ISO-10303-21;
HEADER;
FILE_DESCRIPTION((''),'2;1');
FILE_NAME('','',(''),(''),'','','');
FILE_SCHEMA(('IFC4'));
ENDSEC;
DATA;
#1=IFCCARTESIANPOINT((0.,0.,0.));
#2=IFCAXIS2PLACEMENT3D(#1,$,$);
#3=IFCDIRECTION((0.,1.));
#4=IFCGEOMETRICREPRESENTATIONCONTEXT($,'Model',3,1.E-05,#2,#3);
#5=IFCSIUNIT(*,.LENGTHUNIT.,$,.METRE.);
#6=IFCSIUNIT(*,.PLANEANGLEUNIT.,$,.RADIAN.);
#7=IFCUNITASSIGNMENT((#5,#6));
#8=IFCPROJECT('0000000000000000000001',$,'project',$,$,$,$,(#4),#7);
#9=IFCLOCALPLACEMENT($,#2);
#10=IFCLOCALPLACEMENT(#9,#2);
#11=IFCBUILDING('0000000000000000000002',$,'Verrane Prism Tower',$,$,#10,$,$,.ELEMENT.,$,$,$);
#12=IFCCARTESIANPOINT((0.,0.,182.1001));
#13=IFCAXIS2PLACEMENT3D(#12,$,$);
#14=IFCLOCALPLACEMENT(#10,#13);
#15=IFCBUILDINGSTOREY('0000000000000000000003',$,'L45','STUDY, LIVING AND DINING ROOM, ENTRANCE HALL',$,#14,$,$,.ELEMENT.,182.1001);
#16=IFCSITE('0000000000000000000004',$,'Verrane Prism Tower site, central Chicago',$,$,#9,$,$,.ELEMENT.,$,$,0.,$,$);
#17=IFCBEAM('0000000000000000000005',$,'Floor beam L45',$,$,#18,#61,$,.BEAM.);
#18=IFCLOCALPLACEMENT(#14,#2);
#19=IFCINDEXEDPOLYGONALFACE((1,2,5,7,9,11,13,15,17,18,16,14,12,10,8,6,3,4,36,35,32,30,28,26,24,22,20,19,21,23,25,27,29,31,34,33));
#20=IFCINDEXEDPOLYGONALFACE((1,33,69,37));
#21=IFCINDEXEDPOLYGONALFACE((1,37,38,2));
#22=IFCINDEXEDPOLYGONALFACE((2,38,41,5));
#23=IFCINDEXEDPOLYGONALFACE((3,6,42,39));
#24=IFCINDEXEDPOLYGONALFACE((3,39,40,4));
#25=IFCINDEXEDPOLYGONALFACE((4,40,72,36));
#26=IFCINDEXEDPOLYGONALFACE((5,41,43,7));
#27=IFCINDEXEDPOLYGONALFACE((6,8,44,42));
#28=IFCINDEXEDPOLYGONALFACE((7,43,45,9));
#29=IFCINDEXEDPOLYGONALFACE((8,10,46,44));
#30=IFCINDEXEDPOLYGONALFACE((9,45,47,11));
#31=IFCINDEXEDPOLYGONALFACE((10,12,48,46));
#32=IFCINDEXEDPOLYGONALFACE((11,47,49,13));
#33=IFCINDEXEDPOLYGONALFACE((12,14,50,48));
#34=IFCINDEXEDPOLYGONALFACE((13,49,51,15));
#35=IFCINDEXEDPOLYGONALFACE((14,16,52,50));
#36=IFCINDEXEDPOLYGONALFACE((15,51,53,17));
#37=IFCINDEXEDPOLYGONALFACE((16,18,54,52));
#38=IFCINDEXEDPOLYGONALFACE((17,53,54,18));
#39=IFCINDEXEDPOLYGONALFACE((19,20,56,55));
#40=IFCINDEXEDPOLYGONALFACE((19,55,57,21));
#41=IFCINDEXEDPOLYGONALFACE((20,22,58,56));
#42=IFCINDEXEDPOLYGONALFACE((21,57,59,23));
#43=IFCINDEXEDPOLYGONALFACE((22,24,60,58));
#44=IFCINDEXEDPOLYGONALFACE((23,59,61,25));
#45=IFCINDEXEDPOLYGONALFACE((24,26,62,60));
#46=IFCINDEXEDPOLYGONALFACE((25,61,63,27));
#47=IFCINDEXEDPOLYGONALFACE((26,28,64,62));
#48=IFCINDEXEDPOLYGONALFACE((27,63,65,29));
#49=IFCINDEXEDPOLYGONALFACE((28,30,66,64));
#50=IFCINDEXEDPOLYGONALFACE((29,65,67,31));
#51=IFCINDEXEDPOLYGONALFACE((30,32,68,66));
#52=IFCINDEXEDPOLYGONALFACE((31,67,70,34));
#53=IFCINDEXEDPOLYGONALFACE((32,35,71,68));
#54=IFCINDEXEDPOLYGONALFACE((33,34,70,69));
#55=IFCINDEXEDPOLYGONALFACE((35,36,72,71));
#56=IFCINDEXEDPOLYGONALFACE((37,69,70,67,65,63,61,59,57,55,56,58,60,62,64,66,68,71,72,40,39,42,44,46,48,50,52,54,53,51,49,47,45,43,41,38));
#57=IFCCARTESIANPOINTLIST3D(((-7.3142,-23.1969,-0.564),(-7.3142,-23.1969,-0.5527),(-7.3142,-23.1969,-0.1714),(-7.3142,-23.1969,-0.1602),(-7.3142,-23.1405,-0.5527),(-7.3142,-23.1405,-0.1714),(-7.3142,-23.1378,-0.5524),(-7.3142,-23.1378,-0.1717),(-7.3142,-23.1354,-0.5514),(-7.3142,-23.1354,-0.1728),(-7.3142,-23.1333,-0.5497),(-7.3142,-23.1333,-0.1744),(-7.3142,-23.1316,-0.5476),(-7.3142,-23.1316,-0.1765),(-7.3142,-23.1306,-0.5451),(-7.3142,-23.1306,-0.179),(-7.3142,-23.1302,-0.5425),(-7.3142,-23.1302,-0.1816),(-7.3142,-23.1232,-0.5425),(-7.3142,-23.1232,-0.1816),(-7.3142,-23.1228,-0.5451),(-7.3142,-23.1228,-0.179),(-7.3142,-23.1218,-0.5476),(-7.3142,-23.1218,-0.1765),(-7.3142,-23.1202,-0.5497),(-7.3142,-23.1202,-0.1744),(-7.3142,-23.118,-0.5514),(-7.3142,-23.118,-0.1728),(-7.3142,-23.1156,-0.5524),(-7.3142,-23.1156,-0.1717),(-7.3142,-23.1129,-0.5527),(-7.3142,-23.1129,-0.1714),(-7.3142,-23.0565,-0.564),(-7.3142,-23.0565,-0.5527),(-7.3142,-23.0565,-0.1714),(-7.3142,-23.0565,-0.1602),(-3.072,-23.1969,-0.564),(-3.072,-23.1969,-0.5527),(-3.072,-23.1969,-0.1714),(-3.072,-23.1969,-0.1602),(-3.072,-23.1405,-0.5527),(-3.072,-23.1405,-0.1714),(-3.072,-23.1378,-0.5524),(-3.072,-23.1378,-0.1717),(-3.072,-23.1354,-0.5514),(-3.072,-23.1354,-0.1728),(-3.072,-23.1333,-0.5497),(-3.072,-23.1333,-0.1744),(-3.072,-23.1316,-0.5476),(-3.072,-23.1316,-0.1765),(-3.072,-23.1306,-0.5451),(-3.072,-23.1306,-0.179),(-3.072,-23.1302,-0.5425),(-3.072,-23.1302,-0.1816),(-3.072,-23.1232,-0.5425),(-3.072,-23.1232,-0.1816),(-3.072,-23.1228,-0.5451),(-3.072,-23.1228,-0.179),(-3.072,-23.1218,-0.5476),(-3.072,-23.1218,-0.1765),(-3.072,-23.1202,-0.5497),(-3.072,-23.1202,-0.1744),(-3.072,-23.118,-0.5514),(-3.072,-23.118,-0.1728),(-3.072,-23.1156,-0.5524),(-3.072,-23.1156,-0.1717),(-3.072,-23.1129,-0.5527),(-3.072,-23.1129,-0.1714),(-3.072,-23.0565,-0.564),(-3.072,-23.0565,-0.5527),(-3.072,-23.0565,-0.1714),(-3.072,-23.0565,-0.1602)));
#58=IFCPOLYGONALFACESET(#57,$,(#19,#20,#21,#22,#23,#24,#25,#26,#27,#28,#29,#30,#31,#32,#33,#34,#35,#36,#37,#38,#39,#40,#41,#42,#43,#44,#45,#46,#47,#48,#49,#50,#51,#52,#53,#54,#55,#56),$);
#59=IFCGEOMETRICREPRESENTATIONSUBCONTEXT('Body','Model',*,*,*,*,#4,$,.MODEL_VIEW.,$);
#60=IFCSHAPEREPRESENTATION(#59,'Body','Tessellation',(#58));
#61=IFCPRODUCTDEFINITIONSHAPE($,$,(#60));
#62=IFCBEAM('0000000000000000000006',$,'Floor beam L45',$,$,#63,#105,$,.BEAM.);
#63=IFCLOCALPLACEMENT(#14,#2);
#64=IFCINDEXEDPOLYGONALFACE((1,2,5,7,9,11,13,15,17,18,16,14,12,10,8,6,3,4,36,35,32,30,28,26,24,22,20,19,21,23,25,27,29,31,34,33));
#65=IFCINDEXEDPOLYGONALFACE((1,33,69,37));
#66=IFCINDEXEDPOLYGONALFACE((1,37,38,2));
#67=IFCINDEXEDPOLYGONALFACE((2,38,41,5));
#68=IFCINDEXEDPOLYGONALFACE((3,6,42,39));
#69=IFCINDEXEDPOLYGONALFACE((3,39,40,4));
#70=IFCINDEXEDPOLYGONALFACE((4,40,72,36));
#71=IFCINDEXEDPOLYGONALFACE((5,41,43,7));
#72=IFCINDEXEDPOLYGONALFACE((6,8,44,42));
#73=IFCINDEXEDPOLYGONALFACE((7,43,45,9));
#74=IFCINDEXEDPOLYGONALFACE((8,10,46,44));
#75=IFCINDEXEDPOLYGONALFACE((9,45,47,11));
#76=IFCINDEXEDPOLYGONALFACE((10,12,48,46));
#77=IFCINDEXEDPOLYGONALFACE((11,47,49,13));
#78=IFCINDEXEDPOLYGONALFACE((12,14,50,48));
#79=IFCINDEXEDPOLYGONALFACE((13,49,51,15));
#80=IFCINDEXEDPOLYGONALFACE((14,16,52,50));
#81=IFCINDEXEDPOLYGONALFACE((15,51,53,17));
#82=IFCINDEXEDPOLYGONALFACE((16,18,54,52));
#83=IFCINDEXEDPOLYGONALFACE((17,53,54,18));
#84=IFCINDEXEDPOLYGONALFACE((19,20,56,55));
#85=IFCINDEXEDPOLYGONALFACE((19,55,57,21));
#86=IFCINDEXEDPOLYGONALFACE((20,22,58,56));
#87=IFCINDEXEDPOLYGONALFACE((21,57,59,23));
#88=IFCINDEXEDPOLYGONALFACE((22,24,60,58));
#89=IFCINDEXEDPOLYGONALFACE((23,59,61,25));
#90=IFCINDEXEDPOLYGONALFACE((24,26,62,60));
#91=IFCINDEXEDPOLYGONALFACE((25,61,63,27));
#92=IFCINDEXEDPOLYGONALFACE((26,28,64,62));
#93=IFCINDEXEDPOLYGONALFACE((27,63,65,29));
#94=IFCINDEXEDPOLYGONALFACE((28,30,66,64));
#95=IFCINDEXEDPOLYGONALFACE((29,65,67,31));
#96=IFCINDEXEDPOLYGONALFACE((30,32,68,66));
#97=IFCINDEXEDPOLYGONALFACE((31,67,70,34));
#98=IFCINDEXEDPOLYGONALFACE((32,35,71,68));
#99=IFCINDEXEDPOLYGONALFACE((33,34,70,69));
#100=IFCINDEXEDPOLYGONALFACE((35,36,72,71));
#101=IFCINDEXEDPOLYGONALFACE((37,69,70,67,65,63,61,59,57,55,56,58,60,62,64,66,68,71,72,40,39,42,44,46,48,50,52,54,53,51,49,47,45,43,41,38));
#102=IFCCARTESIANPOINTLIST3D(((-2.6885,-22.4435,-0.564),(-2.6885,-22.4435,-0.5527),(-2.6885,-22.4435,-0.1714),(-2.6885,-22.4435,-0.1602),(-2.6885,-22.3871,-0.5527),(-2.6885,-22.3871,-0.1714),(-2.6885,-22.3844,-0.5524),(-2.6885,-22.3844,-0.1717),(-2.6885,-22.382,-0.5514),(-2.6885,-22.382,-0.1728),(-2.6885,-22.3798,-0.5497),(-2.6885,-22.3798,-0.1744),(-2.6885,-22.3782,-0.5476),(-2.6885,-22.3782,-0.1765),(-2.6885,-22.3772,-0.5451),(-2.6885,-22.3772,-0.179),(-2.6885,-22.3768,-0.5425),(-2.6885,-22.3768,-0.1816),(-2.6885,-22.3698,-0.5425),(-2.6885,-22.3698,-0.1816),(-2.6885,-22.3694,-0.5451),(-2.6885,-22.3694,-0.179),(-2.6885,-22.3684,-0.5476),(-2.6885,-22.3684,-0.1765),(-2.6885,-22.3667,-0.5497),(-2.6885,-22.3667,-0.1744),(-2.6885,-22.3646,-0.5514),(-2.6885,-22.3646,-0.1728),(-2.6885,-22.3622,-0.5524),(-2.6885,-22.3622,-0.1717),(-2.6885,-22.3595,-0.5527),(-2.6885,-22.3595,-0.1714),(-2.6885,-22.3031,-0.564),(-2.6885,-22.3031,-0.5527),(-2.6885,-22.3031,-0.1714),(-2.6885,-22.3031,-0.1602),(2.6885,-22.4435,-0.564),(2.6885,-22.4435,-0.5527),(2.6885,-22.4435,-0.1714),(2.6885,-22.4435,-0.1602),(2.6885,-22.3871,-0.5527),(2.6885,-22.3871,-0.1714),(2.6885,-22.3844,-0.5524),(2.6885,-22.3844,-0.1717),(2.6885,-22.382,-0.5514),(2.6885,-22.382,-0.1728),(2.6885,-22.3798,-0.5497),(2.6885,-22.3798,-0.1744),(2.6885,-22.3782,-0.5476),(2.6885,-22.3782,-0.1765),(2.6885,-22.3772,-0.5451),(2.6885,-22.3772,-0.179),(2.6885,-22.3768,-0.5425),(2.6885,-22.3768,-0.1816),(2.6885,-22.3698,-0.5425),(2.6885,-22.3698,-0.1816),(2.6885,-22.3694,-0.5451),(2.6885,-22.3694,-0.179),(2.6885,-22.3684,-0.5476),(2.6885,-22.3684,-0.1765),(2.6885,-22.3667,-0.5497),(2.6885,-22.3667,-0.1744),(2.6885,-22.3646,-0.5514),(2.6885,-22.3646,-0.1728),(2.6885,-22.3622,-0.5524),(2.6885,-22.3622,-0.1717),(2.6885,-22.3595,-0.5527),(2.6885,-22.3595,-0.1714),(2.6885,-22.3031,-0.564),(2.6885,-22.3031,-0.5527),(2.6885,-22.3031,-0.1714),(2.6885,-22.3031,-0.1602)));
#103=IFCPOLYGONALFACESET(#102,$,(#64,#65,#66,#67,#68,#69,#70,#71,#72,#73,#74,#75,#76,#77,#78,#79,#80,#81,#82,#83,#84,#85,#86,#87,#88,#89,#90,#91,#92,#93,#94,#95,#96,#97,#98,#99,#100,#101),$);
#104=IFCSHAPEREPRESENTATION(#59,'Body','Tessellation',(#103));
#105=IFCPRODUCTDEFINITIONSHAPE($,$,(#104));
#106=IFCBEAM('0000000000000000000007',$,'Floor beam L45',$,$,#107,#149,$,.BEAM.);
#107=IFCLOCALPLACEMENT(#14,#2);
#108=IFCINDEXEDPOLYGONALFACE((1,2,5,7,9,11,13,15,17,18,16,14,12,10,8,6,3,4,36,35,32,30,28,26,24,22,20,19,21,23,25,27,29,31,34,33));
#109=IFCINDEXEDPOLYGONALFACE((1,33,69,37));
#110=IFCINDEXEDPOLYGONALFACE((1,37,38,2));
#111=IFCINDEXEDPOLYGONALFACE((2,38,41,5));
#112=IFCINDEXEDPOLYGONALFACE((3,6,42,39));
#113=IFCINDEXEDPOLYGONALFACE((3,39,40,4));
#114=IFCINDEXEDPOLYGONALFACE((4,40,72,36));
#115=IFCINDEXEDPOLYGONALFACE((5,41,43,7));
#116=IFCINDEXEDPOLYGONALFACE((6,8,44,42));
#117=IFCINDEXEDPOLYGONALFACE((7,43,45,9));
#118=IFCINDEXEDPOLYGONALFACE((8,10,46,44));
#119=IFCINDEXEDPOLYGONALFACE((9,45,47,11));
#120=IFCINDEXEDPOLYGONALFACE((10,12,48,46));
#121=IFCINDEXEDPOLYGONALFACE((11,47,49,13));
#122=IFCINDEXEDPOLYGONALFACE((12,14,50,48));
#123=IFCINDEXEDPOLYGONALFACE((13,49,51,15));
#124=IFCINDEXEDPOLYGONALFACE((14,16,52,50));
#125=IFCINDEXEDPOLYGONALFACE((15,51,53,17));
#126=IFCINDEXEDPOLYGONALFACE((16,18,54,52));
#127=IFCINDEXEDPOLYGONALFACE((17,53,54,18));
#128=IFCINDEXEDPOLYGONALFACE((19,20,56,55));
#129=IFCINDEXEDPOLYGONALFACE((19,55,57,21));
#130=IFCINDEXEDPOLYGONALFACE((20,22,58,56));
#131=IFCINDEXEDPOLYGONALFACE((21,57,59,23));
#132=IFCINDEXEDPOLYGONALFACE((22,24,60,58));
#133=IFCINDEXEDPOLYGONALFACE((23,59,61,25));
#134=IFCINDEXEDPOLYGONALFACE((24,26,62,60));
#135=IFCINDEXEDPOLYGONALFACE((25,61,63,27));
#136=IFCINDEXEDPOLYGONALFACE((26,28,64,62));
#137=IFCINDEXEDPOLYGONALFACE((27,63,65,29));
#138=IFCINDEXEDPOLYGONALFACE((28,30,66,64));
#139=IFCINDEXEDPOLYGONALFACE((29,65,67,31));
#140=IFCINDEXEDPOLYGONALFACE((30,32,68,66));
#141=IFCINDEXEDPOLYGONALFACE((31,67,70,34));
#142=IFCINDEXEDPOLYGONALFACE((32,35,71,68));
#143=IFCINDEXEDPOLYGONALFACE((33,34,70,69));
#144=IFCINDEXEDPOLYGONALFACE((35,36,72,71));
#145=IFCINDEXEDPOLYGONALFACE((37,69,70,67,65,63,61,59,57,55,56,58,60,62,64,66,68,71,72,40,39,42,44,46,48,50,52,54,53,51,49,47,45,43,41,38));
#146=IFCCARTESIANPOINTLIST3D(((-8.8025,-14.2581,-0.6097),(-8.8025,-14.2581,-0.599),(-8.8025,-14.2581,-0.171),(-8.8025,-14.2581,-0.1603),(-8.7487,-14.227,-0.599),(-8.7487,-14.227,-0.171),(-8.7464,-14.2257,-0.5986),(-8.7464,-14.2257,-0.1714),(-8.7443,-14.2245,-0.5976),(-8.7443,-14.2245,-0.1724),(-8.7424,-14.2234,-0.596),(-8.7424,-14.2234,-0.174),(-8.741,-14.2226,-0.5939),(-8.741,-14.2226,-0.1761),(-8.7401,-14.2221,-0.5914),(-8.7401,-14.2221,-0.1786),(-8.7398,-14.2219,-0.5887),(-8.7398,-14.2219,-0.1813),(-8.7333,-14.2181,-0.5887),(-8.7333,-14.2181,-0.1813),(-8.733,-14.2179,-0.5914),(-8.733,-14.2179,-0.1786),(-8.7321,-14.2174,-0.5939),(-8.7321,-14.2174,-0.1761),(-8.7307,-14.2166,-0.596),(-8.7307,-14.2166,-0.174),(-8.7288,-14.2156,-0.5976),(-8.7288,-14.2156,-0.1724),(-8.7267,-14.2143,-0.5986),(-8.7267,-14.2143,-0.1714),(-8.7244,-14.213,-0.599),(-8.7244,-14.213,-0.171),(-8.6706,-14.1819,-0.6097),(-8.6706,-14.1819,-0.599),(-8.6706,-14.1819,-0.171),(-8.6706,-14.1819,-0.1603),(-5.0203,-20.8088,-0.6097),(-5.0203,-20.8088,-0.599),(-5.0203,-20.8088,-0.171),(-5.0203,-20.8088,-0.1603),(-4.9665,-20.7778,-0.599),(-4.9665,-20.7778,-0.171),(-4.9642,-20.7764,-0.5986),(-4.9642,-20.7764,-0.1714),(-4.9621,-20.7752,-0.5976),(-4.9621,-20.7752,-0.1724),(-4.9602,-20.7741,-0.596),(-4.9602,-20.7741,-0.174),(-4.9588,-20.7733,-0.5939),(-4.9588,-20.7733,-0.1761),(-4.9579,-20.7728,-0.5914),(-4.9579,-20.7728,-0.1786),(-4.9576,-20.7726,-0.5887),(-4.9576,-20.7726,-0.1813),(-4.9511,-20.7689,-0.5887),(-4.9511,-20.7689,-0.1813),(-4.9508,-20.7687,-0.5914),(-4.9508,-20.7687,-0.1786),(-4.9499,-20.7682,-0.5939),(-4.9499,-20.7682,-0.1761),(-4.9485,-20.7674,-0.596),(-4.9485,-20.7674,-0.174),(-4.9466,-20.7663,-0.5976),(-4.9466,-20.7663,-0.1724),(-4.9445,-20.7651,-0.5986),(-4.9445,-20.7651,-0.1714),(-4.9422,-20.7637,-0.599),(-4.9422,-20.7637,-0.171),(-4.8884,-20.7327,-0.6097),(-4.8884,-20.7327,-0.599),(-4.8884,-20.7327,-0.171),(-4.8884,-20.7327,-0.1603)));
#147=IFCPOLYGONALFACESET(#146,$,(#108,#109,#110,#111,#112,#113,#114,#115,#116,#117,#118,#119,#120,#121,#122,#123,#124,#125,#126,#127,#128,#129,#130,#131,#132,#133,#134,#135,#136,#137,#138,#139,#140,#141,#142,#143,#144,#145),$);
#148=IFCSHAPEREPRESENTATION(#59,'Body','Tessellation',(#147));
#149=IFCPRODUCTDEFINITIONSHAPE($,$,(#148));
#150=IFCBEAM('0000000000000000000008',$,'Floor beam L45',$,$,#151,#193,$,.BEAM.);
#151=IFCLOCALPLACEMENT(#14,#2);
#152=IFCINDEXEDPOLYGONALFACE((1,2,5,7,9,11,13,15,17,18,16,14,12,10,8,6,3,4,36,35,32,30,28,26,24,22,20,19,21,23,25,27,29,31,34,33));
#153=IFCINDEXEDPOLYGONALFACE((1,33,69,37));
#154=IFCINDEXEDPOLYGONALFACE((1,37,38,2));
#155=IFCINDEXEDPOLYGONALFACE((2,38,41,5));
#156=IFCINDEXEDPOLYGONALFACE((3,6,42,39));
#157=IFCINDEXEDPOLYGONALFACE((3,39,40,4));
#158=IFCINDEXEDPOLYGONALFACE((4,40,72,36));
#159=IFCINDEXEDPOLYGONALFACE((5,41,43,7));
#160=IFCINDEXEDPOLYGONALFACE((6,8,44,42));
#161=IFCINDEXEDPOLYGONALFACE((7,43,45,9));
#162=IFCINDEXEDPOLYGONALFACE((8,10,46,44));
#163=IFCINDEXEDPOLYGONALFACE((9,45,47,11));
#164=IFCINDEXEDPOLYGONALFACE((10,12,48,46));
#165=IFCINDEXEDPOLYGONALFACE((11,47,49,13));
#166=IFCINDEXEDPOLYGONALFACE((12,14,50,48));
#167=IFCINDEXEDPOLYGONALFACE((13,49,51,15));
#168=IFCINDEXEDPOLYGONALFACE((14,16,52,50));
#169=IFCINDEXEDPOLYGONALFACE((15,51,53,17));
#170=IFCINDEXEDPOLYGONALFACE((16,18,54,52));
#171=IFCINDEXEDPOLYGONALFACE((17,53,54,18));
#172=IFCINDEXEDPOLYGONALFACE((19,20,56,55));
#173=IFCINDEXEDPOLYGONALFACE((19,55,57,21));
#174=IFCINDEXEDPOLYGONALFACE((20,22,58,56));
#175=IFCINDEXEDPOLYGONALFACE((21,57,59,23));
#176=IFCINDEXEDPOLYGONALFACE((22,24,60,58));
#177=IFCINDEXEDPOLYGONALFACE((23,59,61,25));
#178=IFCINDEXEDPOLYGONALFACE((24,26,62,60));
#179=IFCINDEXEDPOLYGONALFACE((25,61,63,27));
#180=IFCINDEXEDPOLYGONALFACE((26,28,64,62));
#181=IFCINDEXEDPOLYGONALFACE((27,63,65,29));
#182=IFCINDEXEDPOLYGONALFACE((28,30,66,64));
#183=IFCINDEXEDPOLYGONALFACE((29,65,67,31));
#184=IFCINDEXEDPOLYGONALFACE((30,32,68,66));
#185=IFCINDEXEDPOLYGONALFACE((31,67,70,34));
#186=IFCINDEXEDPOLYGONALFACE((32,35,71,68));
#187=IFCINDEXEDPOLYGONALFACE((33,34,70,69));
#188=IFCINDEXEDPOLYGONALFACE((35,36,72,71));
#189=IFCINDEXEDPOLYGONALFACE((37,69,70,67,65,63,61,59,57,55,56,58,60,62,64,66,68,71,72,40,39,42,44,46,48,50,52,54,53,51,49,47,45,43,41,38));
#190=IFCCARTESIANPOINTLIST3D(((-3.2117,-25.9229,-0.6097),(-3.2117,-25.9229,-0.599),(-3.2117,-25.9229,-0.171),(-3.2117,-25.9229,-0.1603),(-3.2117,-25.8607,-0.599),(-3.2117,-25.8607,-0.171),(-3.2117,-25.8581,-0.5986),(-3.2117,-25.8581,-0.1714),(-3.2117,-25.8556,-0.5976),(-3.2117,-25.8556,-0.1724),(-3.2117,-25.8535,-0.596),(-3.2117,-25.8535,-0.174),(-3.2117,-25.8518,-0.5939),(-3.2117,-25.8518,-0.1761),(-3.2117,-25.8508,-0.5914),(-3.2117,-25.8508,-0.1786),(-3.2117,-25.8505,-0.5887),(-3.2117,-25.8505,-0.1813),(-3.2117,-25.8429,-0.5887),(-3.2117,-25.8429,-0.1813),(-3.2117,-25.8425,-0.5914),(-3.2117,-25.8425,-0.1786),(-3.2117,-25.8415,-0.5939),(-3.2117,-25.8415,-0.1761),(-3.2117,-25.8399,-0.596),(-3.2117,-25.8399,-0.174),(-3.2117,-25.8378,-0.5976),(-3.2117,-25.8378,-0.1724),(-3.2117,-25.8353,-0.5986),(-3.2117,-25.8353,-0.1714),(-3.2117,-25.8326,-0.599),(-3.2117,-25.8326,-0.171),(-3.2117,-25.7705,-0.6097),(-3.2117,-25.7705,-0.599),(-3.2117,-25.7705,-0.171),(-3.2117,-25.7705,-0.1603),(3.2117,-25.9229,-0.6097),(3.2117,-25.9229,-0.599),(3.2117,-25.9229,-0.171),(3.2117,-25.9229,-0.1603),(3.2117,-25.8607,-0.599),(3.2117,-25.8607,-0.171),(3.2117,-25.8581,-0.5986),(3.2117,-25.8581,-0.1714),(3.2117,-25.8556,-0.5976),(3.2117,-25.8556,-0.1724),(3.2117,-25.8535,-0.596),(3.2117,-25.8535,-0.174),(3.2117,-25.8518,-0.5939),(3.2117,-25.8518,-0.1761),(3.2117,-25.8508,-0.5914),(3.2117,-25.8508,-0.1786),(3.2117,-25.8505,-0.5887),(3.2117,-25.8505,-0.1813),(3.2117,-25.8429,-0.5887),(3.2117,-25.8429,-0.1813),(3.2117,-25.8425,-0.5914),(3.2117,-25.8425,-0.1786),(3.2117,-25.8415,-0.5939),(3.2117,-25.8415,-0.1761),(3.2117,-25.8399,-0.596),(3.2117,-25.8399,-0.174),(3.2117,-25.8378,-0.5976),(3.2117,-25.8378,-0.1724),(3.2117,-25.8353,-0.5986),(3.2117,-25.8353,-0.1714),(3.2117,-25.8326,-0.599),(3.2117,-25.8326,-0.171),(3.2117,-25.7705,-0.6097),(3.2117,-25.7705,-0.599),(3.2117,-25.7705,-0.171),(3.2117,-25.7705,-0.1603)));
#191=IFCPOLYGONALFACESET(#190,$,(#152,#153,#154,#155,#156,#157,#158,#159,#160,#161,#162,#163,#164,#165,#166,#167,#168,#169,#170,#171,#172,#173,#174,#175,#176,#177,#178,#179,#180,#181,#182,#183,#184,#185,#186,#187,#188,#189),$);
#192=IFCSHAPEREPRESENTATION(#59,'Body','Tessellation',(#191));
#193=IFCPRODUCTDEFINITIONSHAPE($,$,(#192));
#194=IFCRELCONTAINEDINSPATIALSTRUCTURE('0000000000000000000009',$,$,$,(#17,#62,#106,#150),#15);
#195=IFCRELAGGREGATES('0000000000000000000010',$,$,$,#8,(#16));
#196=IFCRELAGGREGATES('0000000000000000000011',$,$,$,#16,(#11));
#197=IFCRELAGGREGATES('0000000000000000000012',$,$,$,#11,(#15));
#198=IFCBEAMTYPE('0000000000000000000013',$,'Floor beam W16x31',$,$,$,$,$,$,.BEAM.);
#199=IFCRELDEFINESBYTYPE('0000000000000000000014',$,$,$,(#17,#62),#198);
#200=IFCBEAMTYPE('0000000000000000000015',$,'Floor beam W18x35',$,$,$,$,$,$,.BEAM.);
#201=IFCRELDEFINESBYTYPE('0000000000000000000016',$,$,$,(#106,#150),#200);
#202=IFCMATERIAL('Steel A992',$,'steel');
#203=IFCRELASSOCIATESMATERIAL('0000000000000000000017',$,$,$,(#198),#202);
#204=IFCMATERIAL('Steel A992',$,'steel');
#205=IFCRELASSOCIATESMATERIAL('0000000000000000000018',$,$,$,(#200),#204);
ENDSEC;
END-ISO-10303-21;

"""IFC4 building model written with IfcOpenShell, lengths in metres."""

from ifc_helpers import new_model, si_unit, direction, frame, origin, origin_2d, place, context, subcontext, project, spatial, i_section, extrude, material, material_profile, profile_set, type_object, element, save


model = new_model("IFC4")

# Units and contexts
model_context = context("Model", 3, precision=1e-05, world=origin(), true_north=direction((0.0, 1.0)))
body_context = subcontext(model_context, "Body", "Model", "MODEL_VIEW")
ifc_project = project(units=[si_unit("LENGTHUNIT", "METRE"), si_unit("PLANEANGLEUNIT", "RADIAN")], contexts=[model_context])

# Site, building, storey
site_placement = place(None, origin())
site = spatial("IfcSite", under=ifc_project, at=site_placement, Name="Verrane Prism Tower site, central Chicago", CompositionType="ELEMENT", RefElevation=0.0)
building_placement = place(site_placement, origin())
building = spatial("IfcBuilding", under=site, at=building_placement, Name="Verrane Prism Tower", CompositionType="ELEMENT")
storey_placement = place(building_placement, frame((0.0, 0.0, 182.1001)))
storey = spatial("IfcBuildingStorey", under=building, at=storey_placement, Name="L45", Description="STUDY, LIVING AND DINING ROOM, ENTRANCE HALL", CompositionType="ELEMENT", Elevation=182.1001)

# Beams
ifc_material_1 = material(Name="Steel A992", Category="steel")
ifc_material_profile_1 = material_profile(ifc_material_1, i_section(OverallWidth=0.1404, OverallDepth=0.4038, WebThickness=0.0071, FlangeThickness=0.0112, FilletRadius=0.0103, at=origin_2d()), Name="W16x31")
ifc_profile_set_1 = profile_set([ifc_material_profile_1], Name="Steel A992")
beam_type_1 = type_object("IfcBeamType", Name="Floor beam W16x31", PredefinedType="BEAM", material=ifc_profile_set_1)
beam_1_placement = place(storey_placement, frame((-7.3142, -23.1267, -0.3621), z_axis=(1.0, 0.0, 0.0), x_axis=(0.0, 1.0, 0.0)))
element("IfcBeam", 1, at=beam_1_placement, inside=storey, type_object=beam_type_1, Name="Floor beam L45", PredefinedType="BEAM", context=body_context, shape_type="SweptSolid", body=[
    extrude(i_section(OverallWidth=0.1404, OverallDepth=0.4038, WebThickness=0.0071, FlangeThickness=0.0112, FilletRadius=0.0103, at=origin_2d()), origin(), (0.0, 0.0, 1.0), 4.2422),
])
beam_2_placement = place(storey_placement, frame((-2.6885, -22.3733, -0.3621), z_axis=(1.0, 0.0, 0.0), x_axis=(0.0, 1.0, 0.0)))
element("IfcBeam", 2, at=beam_2_placement, inside=storey, type_object=beam_type_1, Name="Floor beam L45", PredefinedType="BEAM", context=body_context, shape_type="SweptSolid", body=[
    extrude(i_section(OverallWidth=0.1404, OverallDepth=0.4038, WebThickness=0.0071, FlangeThickness=0.0112, FilletRadius=0.0103, at=origin_2d()), origin(), (0.0, 0.0, 1.0), 5.377),
])
ifc_material_2 = material(Name="Steel A992", Category="steel")
ifc_material_profile_2 = material_profile(ifc_material_2, i_section(OverallWidth=0.1523, OverallDepth=0.4495, WebThickness=0.0076, FlangeThickness=0.0107, FilletRadius=0.0103, at=origin_2d()), Name="W18x35")
ifc_profile_set_2 = profile_set([ifc_material_profile_2], Name="Steel A992")
beam_type_2 = type_object("IfcBeamType", Name="Floor beam W18x35", PredefinedType="BEAM", material=ifc_profile_set_2)
beam_3_placement = place(storey_placement, frame((-4.9543, -20.7708, -0.385), z_axis=(-0.500013, 0.866018, 0.0), x_axis=(-0.866018, -0.500013, 0.0)))
element("IfcBeam", 3, at=beam_3_placement, inside=storey, type_object=beam_type_2, Name="Floor beam L45", PredefinedType="BEAM", context=body_context, shape_type="SweptSolid", body=[
    extrude(i_section(OverallWidth=0.1523, OverallDepth=0.4495, WebThickness=0.0076, FlangeThickness=0.0107, FilletRadius=0.0103, at=origin_2d()), origin(), (0.0, 0.0, 1.0), 7.5642),
])
beam_4_placement = place(storey_placement, frame((-3.2117, -25.8467, -0.385), z_axis=(1.0, 0.0, 0.0), x_axis=(0.0, 1.0, 0.0)))
element("IfcBeam", 4, at=beam_4_placement, inside=storey, type_object=beam_type_2, Name="Floor beam L45", PredefinedType="BEAM", context=body_context, shape_type="SweptSolid", body=[
    extrude(i_section(OverallWidth=0.1523, OverallDepth=0.4495, WebThickness=0.0076, FlangeThickness=0.0107, FilletRadius=0.0103, at=origin_2d()), origin(), (0.0, 0.0, 1.0), 6.4233),
])

save(model, "model.ifc")
